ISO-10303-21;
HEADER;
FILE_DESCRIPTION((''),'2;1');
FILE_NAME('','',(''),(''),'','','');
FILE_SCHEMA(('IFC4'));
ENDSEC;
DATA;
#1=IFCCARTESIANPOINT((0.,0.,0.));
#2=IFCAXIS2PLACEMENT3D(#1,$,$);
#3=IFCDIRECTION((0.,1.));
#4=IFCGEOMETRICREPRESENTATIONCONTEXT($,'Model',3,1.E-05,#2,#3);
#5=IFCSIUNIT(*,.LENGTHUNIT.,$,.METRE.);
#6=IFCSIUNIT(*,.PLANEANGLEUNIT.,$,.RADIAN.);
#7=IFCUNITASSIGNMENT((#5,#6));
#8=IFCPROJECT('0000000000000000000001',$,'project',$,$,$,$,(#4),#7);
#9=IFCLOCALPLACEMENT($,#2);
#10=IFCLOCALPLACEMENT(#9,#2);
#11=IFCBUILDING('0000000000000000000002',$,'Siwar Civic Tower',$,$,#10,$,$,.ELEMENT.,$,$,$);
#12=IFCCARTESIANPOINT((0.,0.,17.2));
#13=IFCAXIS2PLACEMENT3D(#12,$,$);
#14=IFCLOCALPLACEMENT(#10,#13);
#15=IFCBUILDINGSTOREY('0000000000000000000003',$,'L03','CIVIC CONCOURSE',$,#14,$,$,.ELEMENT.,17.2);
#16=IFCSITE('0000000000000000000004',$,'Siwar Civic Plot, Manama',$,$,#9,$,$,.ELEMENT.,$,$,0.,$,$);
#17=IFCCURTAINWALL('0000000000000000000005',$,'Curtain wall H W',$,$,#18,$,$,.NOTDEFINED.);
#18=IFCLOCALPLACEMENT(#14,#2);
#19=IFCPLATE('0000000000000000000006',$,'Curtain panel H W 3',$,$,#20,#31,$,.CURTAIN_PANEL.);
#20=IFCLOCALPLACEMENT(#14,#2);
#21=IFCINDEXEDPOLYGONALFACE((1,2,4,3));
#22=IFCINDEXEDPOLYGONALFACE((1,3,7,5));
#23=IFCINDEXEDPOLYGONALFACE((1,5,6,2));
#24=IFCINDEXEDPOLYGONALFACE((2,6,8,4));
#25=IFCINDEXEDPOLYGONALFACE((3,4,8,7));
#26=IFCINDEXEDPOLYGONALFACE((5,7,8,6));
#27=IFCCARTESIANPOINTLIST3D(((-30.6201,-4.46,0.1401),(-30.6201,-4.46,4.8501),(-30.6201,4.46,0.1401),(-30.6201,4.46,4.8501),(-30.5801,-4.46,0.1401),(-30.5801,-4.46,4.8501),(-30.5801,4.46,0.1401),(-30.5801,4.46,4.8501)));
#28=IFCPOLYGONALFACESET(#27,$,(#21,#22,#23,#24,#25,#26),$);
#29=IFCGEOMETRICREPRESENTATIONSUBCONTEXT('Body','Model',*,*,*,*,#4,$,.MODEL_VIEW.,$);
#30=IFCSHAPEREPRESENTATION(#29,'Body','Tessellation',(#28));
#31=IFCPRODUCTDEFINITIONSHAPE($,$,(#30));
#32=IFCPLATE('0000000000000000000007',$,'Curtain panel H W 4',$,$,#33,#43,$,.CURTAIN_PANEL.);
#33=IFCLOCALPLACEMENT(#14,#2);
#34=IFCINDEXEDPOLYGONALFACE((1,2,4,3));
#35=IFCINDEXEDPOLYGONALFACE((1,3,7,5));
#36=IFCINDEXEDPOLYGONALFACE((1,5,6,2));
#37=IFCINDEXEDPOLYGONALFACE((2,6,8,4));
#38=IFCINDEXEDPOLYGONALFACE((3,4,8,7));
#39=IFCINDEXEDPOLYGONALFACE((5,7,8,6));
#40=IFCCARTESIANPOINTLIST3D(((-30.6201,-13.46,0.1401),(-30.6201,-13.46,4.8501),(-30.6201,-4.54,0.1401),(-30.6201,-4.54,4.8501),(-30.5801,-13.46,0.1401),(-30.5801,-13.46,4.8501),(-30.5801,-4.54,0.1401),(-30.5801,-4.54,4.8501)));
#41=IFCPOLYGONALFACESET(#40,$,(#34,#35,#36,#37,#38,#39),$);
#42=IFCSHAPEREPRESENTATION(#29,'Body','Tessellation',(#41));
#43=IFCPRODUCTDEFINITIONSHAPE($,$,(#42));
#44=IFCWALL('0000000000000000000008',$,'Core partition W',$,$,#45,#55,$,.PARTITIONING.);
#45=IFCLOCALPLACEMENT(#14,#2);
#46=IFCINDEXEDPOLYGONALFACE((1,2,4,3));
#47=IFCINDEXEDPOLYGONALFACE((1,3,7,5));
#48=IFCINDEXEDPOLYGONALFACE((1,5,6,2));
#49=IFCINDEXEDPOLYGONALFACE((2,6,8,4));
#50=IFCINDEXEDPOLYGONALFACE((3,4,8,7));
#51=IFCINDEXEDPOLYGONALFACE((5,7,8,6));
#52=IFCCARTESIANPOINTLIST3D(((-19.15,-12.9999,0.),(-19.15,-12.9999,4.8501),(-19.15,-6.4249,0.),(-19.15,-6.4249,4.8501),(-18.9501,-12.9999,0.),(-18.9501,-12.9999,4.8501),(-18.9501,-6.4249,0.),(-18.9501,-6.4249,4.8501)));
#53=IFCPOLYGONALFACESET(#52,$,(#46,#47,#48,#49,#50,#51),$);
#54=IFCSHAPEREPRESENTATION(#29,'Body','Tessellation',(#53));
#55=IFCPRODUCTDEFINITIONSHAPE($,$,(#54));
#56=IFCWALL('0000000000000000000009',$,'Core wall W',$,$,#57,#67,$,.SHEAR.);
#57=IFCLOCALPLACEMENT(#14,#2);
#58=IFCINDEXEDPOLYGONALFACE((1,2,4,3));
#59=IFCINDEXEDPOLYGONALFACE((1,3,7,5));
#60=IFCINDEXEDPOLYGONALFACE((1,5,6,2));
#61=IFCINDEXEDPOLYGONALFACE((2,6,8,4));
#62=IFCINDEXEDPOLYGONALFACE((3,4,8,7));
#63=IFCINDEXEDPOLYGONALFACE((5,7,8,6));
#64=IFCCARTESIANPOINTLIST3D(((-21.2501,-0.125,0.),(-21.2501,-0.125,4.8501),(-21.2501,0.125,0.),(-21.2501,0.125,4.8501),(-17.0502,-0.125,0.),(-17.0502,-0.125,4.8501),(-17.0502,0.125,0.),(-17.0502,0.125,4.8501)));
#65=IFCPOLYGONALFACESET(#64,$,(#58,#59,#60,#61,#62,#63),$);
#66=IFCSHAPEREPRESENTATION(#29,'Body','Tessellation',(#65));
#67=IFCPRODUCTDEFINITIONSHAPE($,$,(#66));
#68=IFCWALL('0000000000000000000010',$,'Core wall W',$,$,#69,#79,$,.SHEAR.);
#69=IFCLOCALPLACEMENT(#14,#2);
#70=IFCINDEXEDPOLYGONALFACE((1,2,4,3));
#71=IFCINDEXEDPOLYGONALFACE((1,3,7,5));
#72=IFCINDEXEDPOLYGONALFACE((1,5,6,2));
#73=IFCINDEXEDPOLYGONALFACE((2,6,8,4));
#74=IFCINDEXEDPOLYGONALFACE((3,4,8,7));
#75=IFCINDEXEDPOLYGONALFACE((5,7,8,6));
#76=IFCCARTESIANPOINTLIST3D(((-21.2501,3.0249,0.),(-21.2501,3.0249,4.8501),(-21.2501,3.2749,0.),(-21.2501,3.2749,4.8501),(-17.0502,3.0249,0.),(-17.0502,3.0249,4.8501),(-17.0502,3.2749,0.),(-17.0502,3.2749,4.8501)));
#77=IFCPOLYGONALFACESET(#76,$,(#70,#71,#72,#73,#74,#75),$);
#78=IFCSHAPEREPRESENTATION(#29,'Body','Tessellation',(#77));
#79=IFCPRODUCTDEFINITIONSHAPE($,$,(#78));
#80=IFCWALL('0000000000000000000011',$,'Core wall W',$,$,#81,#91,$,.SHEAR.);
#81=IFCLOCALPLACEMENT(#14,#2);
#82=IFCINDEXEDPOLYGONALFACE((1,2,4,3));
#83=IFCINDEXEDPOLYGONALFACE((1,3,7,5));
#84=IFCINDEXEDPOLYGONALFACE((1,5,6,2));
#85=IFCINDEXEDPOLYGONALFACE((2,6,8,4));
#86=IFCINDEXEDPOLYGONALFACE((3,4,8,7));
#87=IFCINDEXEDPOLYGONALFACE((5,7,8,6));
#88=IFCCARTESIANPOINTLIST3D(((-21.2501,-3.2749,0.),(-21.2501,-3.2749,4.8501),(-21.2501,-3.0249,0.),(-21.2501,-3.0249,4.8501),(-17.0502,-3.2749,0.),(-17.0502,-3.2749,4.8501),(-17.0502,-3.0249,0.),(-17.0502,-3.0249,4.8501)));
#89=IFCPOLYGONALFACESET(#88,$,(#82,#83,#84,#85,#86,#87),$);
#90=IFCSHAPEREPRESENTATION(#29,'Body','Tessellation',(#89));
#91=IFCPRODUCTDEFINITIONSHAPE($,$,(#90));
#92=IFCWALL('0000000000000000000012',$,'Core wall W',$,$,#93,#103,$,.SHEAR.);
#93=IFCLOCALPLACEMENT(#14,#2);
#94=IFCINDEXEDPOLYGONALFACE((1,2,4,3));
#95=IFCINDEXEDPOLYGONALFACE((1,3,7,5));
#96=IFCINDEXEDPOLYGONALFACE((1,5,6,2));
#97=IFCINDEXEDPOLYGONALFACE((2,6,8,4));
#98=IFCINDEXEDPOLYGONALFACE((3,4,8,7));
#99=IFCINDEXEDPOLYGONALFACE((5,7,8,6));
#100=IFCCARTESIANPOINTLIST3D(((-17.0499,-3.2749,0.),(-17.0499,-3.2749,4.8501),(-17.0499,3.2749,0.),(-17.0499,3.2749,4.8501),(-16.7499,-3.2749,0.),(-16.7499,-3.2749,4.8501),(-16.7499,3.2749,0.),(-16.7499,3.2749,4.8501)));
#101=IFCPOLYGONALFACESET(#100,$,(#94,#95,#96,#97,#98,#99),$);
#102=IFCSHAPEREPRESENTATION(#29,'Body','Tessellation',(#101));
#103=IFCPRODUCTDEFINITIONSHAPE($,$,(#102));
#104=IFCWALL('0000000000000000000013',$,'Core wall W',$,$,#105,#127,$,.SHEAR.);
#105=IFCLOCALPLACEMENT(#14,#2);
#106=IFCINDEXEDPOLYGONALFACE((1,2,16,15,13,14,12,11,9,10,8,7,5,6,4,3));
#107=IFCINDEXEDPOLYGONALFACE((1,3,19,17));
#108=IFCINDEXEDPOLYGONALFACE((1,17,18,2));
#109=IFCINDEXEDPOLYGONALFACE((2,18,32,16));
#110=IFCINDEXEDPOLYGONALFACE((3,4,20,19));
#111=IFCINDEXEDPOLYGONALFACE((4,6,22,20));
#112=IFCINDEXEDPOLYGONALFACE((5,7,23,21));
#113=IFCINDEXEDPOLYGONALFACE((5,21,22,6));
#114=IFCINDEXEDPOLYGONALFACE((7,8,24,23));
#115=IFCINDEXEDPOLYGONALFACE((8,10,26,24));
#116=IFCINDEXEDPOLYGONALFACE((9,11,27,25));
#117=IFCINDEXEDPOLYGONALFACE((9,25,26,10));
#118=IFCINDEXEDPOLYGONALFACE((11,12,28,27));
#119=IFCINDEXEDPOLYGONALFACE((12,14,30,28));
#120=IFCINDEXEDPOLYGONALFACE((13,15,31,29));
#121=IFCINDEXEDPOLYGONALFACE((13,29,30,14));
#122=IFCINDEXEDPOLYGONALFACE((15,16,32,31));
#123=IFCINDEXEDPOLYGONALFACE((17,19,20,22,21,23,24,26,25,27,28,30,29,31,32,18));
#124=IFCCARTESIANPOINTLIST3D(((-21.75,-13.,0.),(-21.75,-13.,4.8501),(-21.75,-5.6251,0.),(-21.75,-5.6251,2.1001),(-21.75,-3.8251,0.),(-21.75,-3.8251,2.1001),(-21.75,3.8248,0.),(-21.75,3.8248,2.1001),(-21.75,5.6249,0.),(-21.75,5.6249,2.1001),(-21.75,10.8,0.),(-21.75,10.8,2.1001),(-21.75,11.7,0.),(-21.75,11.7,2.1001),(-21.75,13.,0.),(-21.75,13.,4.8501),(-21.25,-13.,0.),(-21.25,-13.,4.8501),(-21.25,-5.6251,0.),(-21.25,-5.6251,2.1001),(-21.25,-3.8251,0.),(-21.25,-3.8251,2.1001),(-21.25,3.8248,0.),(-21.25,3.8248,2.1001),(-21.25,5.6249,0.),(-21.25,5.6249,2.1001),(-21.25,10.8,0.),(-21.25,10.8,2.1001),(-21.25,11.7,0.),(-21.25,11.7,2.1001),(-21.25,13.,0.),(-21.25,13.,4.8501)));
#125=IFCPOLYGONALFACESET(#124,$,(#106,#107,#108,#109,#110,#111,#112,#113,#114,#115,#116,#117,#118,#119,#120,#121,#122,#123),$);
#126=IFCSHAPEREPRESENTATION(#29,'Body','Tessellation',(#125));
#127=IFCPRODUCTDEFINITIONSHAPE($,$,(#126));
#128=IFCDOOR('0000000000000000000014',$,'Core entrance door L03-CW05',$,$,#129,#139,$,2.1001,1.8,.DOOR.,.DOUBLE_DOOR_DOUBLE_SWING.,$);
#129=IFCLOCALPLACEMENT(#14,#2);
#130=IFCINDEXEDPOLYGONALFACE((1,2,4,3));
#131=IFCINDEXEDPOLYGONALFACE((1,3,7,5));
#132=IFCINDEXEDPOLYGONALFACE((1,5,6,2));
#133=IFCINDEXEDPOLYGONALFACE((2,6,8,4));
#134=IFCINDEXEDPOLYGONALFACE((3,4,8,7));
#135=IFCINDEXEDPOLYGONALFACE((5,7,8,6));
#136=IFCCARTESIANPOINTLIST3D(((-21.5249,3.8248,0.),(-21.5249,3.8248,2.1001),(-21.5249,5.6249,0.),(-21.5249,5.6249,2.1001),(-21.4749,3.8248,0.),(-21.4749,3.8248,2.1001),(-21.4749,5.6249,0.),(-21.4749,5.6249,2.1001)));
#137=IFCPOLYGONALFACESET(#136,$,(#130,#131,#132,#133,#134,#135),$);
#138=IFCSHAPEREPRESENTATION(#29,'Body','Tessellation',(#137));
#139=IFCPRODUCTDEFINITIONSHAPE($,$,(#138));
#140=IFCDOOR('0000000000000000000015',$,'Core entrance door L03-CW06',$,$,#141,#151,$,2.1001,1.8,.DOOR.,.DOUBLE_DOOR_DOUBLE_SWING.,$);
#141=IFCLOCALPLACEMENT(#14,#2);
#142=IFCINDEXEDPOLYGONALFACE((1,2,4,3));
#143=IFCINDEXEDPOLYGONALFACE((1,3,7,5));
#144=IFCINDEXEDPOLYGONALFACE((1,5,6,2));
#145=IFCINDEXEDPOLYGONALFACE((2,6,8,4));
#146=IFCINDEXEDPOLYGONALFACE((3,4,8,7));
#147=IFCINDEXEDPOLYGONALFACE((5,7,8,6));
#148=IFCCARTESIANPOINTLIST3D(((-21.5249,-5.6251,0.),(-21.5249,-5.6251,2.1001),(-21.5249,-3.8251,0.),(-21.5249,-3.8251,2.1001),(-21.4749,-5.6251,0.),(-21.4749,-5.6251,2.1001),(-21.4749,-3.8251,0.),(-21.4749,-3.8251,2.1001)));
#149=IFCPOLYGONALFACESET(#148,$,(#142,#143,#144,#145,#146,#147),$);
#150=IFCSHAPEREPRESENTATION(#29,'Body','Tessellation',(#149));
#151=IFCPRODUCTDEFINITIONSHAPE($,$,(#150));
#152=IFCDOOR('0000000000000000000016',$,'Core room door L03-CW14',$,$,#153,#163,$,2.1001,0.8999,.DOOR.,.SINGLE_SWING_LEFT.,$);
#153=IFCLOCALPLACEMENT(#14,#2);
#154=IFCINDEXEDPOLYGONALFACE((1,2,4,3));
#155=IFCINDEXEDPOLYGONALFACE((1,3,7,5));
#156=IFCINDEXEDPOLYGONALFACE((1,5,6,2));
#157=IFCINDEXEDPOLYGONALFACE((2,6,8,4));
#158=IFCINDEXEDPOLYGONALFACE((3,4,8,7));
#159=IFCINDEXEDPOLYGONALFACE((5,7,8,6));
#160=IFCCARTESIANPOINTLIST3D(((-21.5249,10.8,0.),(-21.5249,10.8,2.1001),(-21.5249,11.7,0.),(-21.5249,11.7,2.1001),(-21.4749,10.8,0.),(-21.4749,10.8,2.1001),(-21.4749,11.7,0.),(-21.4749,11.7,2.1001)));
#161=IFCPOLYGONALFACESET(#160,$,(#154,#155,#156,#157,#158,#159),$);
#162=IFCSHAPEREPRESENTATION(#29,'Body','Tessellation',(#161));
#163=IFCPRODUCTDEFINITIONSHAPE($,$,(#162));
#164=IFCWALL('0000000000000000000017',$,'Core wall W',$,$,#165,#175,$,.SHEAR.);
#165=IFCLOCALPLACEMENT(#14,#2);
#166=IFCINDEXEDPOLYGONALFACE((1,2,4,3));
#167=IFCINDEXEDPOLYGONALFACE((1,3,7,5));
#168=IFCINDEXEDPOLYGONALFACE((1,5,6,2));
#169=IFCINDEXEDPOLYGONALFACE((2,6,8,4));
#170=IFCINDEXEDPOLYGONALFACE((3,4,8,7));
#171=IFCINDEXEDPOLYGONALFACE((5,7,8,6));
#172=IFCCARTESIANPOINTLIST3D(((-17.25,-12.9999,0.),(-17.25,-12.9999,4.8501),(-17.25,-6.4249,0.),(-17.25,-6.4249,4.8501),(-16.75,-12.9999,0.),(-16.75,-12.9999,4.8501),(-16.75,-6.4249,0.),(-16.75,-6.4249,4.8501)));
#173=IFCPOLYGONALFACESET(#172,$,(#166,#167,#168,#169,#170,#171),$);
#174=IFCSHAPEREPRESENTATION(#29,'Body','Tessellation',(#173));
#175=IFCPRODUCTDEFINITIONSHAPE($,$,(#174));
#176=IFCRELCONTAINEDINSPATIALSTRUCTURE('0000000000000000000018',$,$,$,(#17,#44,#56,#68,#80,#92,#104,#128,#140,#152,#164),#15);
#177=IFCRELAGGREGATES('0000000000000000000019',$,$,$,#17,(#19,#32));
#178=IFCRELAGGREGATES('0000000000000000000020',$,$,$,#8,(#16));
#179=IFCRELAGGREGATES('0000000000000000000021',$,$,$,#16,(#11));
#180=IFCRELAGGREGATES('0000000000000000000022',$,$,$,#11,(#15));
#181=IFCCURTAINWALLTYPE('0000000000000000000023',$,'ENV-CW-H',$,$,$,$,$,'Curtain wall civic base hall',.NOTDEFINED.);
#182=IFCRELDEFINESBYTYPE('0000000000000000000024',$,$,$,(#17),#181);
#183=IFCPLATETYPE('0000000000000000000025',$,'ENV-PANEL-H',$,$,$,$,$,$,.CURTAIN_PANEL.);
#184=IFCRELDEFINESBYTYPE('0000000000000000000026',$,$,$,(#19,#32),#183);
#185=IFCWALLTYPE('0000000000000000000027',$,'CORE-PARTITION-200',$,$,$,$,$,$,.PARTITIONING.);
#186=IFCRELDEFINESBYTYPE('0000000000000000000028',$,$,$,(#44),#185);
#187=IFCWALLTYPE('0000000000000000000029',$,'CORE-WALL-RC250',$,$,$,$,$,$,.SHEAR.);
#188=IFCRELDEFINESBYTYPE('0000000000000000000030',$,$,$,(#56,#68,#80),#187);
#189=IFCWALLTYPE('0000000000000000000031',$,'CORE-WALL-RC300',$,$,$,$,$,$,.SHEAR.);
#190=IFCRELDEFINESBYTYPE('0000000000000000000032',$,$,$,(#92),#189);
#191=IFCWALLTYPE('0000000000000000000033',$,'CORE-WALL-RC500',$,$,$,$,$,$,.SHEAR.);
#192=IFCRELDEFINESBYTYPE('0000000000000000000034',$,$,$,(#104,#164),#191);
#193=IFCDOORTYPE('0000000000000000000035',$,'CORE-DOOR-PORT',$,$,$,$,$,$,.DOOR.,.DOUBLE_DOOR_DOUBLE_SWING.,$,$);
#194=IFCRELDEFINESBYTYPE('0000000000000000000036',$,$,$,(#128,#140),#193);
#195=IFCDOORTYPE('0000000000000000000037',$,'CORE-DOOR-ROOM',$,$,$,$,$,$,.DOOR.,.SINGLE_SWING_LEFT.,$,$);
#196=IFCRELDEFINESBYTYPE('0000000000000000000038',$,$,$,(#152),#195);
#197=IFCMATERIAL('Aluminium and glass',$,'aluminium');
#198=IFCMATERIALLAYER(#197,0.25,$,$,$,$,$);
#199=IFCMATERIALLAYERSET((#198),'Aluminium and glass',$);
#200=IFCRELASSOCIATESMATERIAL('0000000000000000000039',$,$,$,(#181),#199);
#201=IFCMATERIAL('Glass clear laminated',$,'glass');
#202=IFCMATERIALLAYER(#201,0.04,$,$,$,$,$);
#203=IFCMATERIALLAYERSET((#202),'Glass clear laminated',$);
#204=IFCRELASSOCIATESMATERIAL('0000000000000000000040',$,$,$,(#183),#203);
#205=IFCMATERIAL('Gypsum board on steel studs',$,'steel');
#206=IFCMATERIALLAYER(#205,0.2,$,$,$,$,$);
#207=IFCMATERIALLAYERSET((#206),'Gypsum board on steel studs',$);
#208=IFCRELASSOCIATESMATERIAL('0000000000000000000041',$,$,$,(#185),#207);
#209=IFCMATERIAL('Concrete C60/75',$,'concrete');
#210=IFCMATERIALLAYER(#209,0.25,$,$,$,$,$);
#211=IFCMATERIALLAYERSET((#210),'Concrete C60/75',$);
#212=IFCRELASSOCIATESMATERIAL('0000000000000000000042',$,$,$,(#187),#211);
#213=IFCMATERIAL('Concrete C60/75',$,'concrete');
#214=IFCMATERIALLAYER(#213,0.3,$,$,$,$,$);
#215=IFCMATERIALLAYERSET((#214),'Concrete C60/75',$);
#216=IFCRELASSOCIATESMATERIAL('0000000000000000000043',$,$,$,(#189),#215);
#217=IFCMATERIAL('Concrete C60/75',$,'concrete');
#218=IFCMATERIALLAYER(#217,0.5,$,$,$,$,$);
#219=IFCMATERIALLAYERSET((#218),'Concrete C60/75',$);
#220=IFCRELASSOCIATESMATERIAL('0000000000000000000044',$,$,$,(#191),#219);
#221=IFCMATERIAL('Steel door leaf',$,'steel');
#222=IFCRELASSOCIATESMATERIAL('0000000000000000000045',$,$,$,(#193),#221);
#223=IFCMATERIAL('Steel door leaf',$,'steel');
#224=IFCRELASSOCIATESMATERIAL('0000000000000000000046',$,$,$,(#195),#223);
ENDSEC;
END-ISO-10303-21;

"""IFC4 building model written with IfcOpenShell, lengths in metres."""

from ifc_helpers import new_model, si_unit, direction, frame, frame_2d, origin, origin_2d, place, context, subcontext, project, spatial, rectangle, extrude, material, layer, layer_set, type_object, element, fill, aggregate, save


model = new_model("IFC4")

# Units and contexts
model_context = context("Model", 3, precision=1e-05, world=origin(), true_north=direction((0.0, 1.0)))
body_context = subcontext(model_context, "Body", "Model", "MODEL_VIEW")
ifc_project = project(units=[si_unit("LENGTHUNIT", "METRE"), si_unit("PLANEANGLEUNIT", "RADIAN")], contexts=[model_context])

# Site, building, storey
site_placement = place(None, origin())
site = spatial("IfcSite", under=ifc_project, at=site_placement, Name="Siwar Civic Plot, Manama", CompositionType="ELEMENT", RefElevation=0.0)
building_placement = place(site_placement, origin())
building = spatial("IfcBuilding", under=site, at=building_placement, Name="Siwar Civic Tower", CompositionType="ELEMENT")
storey_placement = place(building_placement, frame((0.0, 0.0, 17.2)))
storey = spatial("IfcBuildingStorey", under=building, at=storey_placement, Name="L03", Description="CIVIC CONCOURSE", CompositionType="ELEMENT", Elevation=17.2)

# Curtain wall
ifc_material_1 = material(Name="Aluminium and glass", Category="aluminium")
ifc_layer_1 = layer(ifc_material_1, 0.25)
ifc_layer_set_1 = layer_set([ifc_layer_1], Name="Aluminium and glass")
curtain_wall_type = type_object("IfcCurtainWallType", Name="ENV-CW-H", ElementType="Curtain wall civic base hall", PredefinedType="NOTDEFINED", material=ifc_layer_set_1)
curtain_wall_placement = place(storey_placement, origin())
curtain_wall = element("IfcCurtainWall", 1, at=curtain_wall_placement, inside=storey, type_object=curtain_wall_type, Name="Curtain wall H W", PredefinedType="NOTDEFINED")

# Plates
ifc_material_2 = material(Name="Glass clear laminated", Category="glass")
ifc_layer_2 = layer(ifc_material_2, 0.04)
ifc_layer_set_2 = layer_set([ifc_layer_2], Name="Glass clear laminated")
plate_type = type_object("IfcPlateType", Name="ENV-PANEL-H", PredefinedType="CURTAIN_PANEL", material=ifc_layer_set_2)
plate_1_placement = place(storey_placement, frame((-30.6001, 0.0, 0.1401), z_axis=(0.0, 0.0, 1.0), x_axis=(0.0, -1.0, 0.0)))
plate_1 = element("IfcPlate", 2, at=plate_1_placement, type_object=plate_type, Name="Curtain panel H W 3", PredefinedType="CURTAIN_PANEL", context=body_context, shape_type="SweptSolid", body=[
    extrude(rectangle(XDim=8.9199, YDim=0.04, at=origin_2d()), origin(), (0.0, 0.0, 1.0), 4.71),
])
plate_2_placement = place(storey_placement, frame((-30.6001, -9.0, 0.1401), z_axis=(0.0, 0.0, 1.0), x_axis=(0.0, -1.0, 0.0)))
plate_2 = element("IfcPlate", 3, at=plate_2_placement, type_object=plate_type, Name="Curtain panel H W 4", PredefinedType="CURTAIN_PANEL", context=body_context, shape_type="SweptSolid", body=[
    extrude(rectangle(XDim=8.9199, YDim=0.04, at=origin_2d()), origin(), (0.0, 0.0, 1.0), 4.71),
])
aggregate(curtain_wall, [plate_1, plate_2])

# Walls
ifc_material_3 = material(Name="Gypsum board on steel studs", Category="steel")
ifc_layer_3 = layer(ifc_material_3, 0.2)
ifc_layer_set_3 = layer_set([ifc_layer_3], Name="Gypsum board on steel studs")
wall_type_1 = type_object("IfcWallType", Name="CORE-PARTITION-200", PredefinedType="PARTITIONING", material=ifc_layer_set_3)
wall_1_placement = place(storey_placement, frame((-19.05, -13.0, 0.0), z_axis=(0.0, 0.0, 1.0), x_axis=(0.0, 1.0, 0.0)))
element("IfcWall", 4, at=wall_1_placement, inside=storey, type_object=wall_type_1, Name="Core partition W", PredefinedType="PARTITIONING", context=body_context, shape_type="SweptSolid", body=[
    extrude(rectangle(XDim=6.575, YDim=0.2, at=frame_2d((3.2876, 0.0))), origin(), (0.0, 0.0, 1.0), 4.8501),
])
ifc_material_4 = material(Name="Concrete C60/75", Category="concrete")
ifc_layer_4 = layer(ifc_material_4, 0.25)
ifc_layer_set_4 = layer_set([ifc_layer_4], Name="Concrete C60/75")
wall_type_2 = type_object("IfcWallType", Name="CORE-WALL-RC250", PredefinedType="SHEAR", material=ifc_layer_set_4)
for number, where, z_axis, x_axis, name in (
    (5, (-17.05, 0.0, 0.0), (0.0, 0.0, 1.0), (-1.0, 0.0, 0.0), "Core wall W"),
    (6, (-17.05, 3.1499, 0.0), (0.0, 0.0, 1.0), (-1.0, 0.0, 0.0), "Core wall W"),
    (7, (-17.05, -3.1499, 0.0), (0.0, 0.0, 1.0), (-1.0, 0.0, 0.0), "Core wall W"),
):
    element("IfcWall", number, at=place(storey_placement, frame(where, z_axis=z_axis, x_axis=x_axis)), inside=storey, type_object=wall_type_2, Name=name, PredefinedType="SHEAR", context=body_context, shape_type="SweptSolid", body=[
        extrude(rectangle(XDim=4.2, YDim=0.25, at=frame_2d((2.1001, 0.0))), origin(), (0.0, 0.0, 1.0), 4.8501),
    ])
ifc_material_5 = material(Name="Concrete C60/75", Category="concrete")
ifc_layer_5 = layer(ifc_material_5, 0.3)
ifc_layer_set_5 = layer_set([ifc_layer_5], Name="Concrete C60/75")
wall_type_3 = type_object("IfcWallType", Name="CORE-WALL-RC300", PredefinedType="SHEAR", material=ifc_layer_set_5)
wall_2_placement = place(storey_placement, frame((-16.8999, -3.2749, 0.0), z_axis=(0.0, 0.0, 1.0), x_axis=(0.0, 1.0, 0.0)))
element("IfcWall", 8, at=wall_2_placement, inside=storey, type_object=wall_type_3, Name="Core wall W", PredefinedType="SHEAR", context=body_context, shape_type="SweptSolid", body=[
    extrude(rectangle(XDim=6.5498, YDim=0.3, at=frame_2d((3.2749, 0.0))), origin(), (0.0, 0.0, 1.0), 4.8501),
])

# Wall, openings, doors
ifc_material_6 = material(Name="Concrete C60/75", Category="concrete")
ifc_layer_6 = layer(ifc_material_6, 0.5)
ifc_layer_set_6 = layer_set([ifc_layer_6], Name="Concrete C60/75")
wall_type_4 = type_object("IfcWallType", Name="CORE-WALL-RC500", PredefinedType="SHEAR", material=ifc_layer_set_6)
wall_3_placement = place(storey_placement, frame((-21.5, -13.0, 0.0), z_axis=(0.0, 0.0, 1.0), x_axis=(0.0, 1.0, 0.0)))
wall_3 = element("IfcWall", 9, at=wall_3_placement, inside=storey, type_object=wall_type_4, Name="Core wall W", PredefinedType="SHEAR", context=body_context, shape_type="SweptSolid", body=[
    extrude(rectangle(XDim=26.0, YDim=0.5, at=frame_2d((13.0, 0.0))), origin(), (0.0, 0.0, 1.0), 4.8501),
])
opening_1_placement = place(wall_3_placement, frame((16.825, 0.0, 0.0)))
opening_1 = element("IfcOpeningElement", 10, at=opening_1_placement, cuts=wall_3, PredefinedType="OPENING", context=body_context, shape_type="SweptSolid", body=[
    extrude(rectangle(XDim=1.8, YDim=2.1001, at=frame_2d((0.8999, 1.05))), frame((0.0, 0.26, 0.0), z_axis=(0.0, -1.0, 0.0), x_axis=(1.0, 0.0, 0.0)), (0.0, 0.0, 1.0), 0.52),
])
opening_2_placement = place(wall_3_placement, frame((7.375, 0.0, 0.0)))
opening_2 = element("IfcOpeningElement", 11, at=opening_2_placement, cuts=wall_3, PredefinedType="OPENING", context=body_context, shape_type="SweptSolid", body=[
    extrude(rectangle(XDim=1.8, YDim=2.1001, at=frame_2d((0.8999, 1.05))), frame((0.0, 0.26, 0.0), z_axis=(0.0, -1.0, 0.0), x_axis=(1.0, 0.0, 0.0)), (0.0, 0.0, 1.0), 0.52),
])
opening_3_placement = place(wall_3_placement, frame((23.8, 0.0, 0.0)))
opening_3 = element("IfcOpeningElement", 12, at=opening_3_placement, cuts=wall_3, PredefinedType="OPENING", context=body_context, shape_type="SweptSolid", body=[
    extrude(rectangle(XDim=0.8999, YDim=2.1001, at=frame_2d((0.45, 1.05))), frame((0.0, 0.26, 0.0), z_axis=(0.0, -1.0, 0.0), x_axis=(1.0, 0.0, 0.0)), (0.0, 0.0, 1.0), 0.52),
])
ifc_material_7 = material(Name="Steel door leaf", Category="steel")
door_type_1 = type_object("IfcDoorType", Name="CORE-DOOR-PORT", OperationType="DOUBLE_DOOR_DOUBLE_SWING", PredefinedType="DOOR", material=ifc_material_7)
door_1_placement = place(opening_1_placement, origin())
door_1 = element("IfcDoor", 13, at=door_1_placement, inside=storey, type_object=door_type_1, Name="Core entrance door L03-CW05", OperationType="DOUBLE_DOOR_DOUBLE_SWING", OverallHeight=2.1001, OverallWidth=1.8, PredefinedType="DOOR", context=body_context, shape_type="SweptSolid", body=[
    extrude(rectangle(XDim=1.8, YDim=2.1001, at=frame_2d((0.8999, 1.05))), frame((0.0, 0.0249, 0.0), z_axis=(0.0, -1.0, 0.0), x_axis=(1.0, 0.0, 0.0)), (0.0, 0.0, 1.0), 0.05),
])
fill(opening_1, door_1)
door_2_placement = place(opening_2_placement, origin())
door_2 = element("IfcDoor", 14, at=door_2_placement, inside=storey, type_object=door_type_1, Name="Core entrance door L03-CW06", OperationType="DOUBLE_DOOR_DOUBLE_SWING", OverallHeight=2.1001, OverallWidth=1.8, PredefinedType="DOOR", context=body_context, shape_type="SweptSolid", body=[
    extrude(rectangle(XDim=1.8, YDim=2.1001, at=frame_2d((0.8999, 1.05))), frame((0.0, 0.0249, 0.0), z_axis=(0.0, -1.0, 0.0), x_axis=(1.0, 0.0, 0.0)), (0.0, 0.0, 1.0), 0.05),
])
fill(opening_2, door_2)
ifc_material_8 = material(Name="Steel door leaf", Category="steel")
door_type_2 = type_object("IfcDoorType", Name="CORE-DOOR-ROOM", OperationType="SINGLE_SWING_LEFT", PredefinedType="DOOR", material=ifc_material_8)
door_3_placement = place(opening_3_placement, origin())
door_3 = element("IfcDoor", 15, at=door_3_placement, inside=storey, type_object=door_type_2, Name="Core room door L03-CW14", OperationType="SINGLE_SWING_LEFT", OverallHeight=2.1001, OverallWidth=0.8999, PredefinedType="DOOR", context=body_context, shape_type="SweptSolid", body=[
    extrude(rectangle(XDim=0.8999, YDim=2.1001, at=frame_2d((0.45, 1.05))), frame((0.0, 0.0249, 0.0), z_axis=(0.0, -1.0, 0.0), x_axis=(1.0, 0.0, 0.0)), (0.0, 0.0, 1.0), 0.05),
])
fill(opening_3, door_3)

# Wall
wall_4_placement = place(storey_placement, frame((-17.0, -13.0, 0.0), z_axis=(0.0, 0.0, 1.0), x_axis=(0.0, 1.0, 0.0)))
element("IfcWall", 16, at=wall_4_placement, inside=storey, type_object=wall_type_4, Name="Core wall W", PredefinedType="SHEAR", context=body_context, shape_type="SweptSolid", body=[
    extrude(rectangle(XDim=6.575, YDim=0.5, at=frame_2d((3.2876, 0.0))), origin(), (0.0, 0.0, 1.0), 4.8501),
])

save(model, "model.ifc")
